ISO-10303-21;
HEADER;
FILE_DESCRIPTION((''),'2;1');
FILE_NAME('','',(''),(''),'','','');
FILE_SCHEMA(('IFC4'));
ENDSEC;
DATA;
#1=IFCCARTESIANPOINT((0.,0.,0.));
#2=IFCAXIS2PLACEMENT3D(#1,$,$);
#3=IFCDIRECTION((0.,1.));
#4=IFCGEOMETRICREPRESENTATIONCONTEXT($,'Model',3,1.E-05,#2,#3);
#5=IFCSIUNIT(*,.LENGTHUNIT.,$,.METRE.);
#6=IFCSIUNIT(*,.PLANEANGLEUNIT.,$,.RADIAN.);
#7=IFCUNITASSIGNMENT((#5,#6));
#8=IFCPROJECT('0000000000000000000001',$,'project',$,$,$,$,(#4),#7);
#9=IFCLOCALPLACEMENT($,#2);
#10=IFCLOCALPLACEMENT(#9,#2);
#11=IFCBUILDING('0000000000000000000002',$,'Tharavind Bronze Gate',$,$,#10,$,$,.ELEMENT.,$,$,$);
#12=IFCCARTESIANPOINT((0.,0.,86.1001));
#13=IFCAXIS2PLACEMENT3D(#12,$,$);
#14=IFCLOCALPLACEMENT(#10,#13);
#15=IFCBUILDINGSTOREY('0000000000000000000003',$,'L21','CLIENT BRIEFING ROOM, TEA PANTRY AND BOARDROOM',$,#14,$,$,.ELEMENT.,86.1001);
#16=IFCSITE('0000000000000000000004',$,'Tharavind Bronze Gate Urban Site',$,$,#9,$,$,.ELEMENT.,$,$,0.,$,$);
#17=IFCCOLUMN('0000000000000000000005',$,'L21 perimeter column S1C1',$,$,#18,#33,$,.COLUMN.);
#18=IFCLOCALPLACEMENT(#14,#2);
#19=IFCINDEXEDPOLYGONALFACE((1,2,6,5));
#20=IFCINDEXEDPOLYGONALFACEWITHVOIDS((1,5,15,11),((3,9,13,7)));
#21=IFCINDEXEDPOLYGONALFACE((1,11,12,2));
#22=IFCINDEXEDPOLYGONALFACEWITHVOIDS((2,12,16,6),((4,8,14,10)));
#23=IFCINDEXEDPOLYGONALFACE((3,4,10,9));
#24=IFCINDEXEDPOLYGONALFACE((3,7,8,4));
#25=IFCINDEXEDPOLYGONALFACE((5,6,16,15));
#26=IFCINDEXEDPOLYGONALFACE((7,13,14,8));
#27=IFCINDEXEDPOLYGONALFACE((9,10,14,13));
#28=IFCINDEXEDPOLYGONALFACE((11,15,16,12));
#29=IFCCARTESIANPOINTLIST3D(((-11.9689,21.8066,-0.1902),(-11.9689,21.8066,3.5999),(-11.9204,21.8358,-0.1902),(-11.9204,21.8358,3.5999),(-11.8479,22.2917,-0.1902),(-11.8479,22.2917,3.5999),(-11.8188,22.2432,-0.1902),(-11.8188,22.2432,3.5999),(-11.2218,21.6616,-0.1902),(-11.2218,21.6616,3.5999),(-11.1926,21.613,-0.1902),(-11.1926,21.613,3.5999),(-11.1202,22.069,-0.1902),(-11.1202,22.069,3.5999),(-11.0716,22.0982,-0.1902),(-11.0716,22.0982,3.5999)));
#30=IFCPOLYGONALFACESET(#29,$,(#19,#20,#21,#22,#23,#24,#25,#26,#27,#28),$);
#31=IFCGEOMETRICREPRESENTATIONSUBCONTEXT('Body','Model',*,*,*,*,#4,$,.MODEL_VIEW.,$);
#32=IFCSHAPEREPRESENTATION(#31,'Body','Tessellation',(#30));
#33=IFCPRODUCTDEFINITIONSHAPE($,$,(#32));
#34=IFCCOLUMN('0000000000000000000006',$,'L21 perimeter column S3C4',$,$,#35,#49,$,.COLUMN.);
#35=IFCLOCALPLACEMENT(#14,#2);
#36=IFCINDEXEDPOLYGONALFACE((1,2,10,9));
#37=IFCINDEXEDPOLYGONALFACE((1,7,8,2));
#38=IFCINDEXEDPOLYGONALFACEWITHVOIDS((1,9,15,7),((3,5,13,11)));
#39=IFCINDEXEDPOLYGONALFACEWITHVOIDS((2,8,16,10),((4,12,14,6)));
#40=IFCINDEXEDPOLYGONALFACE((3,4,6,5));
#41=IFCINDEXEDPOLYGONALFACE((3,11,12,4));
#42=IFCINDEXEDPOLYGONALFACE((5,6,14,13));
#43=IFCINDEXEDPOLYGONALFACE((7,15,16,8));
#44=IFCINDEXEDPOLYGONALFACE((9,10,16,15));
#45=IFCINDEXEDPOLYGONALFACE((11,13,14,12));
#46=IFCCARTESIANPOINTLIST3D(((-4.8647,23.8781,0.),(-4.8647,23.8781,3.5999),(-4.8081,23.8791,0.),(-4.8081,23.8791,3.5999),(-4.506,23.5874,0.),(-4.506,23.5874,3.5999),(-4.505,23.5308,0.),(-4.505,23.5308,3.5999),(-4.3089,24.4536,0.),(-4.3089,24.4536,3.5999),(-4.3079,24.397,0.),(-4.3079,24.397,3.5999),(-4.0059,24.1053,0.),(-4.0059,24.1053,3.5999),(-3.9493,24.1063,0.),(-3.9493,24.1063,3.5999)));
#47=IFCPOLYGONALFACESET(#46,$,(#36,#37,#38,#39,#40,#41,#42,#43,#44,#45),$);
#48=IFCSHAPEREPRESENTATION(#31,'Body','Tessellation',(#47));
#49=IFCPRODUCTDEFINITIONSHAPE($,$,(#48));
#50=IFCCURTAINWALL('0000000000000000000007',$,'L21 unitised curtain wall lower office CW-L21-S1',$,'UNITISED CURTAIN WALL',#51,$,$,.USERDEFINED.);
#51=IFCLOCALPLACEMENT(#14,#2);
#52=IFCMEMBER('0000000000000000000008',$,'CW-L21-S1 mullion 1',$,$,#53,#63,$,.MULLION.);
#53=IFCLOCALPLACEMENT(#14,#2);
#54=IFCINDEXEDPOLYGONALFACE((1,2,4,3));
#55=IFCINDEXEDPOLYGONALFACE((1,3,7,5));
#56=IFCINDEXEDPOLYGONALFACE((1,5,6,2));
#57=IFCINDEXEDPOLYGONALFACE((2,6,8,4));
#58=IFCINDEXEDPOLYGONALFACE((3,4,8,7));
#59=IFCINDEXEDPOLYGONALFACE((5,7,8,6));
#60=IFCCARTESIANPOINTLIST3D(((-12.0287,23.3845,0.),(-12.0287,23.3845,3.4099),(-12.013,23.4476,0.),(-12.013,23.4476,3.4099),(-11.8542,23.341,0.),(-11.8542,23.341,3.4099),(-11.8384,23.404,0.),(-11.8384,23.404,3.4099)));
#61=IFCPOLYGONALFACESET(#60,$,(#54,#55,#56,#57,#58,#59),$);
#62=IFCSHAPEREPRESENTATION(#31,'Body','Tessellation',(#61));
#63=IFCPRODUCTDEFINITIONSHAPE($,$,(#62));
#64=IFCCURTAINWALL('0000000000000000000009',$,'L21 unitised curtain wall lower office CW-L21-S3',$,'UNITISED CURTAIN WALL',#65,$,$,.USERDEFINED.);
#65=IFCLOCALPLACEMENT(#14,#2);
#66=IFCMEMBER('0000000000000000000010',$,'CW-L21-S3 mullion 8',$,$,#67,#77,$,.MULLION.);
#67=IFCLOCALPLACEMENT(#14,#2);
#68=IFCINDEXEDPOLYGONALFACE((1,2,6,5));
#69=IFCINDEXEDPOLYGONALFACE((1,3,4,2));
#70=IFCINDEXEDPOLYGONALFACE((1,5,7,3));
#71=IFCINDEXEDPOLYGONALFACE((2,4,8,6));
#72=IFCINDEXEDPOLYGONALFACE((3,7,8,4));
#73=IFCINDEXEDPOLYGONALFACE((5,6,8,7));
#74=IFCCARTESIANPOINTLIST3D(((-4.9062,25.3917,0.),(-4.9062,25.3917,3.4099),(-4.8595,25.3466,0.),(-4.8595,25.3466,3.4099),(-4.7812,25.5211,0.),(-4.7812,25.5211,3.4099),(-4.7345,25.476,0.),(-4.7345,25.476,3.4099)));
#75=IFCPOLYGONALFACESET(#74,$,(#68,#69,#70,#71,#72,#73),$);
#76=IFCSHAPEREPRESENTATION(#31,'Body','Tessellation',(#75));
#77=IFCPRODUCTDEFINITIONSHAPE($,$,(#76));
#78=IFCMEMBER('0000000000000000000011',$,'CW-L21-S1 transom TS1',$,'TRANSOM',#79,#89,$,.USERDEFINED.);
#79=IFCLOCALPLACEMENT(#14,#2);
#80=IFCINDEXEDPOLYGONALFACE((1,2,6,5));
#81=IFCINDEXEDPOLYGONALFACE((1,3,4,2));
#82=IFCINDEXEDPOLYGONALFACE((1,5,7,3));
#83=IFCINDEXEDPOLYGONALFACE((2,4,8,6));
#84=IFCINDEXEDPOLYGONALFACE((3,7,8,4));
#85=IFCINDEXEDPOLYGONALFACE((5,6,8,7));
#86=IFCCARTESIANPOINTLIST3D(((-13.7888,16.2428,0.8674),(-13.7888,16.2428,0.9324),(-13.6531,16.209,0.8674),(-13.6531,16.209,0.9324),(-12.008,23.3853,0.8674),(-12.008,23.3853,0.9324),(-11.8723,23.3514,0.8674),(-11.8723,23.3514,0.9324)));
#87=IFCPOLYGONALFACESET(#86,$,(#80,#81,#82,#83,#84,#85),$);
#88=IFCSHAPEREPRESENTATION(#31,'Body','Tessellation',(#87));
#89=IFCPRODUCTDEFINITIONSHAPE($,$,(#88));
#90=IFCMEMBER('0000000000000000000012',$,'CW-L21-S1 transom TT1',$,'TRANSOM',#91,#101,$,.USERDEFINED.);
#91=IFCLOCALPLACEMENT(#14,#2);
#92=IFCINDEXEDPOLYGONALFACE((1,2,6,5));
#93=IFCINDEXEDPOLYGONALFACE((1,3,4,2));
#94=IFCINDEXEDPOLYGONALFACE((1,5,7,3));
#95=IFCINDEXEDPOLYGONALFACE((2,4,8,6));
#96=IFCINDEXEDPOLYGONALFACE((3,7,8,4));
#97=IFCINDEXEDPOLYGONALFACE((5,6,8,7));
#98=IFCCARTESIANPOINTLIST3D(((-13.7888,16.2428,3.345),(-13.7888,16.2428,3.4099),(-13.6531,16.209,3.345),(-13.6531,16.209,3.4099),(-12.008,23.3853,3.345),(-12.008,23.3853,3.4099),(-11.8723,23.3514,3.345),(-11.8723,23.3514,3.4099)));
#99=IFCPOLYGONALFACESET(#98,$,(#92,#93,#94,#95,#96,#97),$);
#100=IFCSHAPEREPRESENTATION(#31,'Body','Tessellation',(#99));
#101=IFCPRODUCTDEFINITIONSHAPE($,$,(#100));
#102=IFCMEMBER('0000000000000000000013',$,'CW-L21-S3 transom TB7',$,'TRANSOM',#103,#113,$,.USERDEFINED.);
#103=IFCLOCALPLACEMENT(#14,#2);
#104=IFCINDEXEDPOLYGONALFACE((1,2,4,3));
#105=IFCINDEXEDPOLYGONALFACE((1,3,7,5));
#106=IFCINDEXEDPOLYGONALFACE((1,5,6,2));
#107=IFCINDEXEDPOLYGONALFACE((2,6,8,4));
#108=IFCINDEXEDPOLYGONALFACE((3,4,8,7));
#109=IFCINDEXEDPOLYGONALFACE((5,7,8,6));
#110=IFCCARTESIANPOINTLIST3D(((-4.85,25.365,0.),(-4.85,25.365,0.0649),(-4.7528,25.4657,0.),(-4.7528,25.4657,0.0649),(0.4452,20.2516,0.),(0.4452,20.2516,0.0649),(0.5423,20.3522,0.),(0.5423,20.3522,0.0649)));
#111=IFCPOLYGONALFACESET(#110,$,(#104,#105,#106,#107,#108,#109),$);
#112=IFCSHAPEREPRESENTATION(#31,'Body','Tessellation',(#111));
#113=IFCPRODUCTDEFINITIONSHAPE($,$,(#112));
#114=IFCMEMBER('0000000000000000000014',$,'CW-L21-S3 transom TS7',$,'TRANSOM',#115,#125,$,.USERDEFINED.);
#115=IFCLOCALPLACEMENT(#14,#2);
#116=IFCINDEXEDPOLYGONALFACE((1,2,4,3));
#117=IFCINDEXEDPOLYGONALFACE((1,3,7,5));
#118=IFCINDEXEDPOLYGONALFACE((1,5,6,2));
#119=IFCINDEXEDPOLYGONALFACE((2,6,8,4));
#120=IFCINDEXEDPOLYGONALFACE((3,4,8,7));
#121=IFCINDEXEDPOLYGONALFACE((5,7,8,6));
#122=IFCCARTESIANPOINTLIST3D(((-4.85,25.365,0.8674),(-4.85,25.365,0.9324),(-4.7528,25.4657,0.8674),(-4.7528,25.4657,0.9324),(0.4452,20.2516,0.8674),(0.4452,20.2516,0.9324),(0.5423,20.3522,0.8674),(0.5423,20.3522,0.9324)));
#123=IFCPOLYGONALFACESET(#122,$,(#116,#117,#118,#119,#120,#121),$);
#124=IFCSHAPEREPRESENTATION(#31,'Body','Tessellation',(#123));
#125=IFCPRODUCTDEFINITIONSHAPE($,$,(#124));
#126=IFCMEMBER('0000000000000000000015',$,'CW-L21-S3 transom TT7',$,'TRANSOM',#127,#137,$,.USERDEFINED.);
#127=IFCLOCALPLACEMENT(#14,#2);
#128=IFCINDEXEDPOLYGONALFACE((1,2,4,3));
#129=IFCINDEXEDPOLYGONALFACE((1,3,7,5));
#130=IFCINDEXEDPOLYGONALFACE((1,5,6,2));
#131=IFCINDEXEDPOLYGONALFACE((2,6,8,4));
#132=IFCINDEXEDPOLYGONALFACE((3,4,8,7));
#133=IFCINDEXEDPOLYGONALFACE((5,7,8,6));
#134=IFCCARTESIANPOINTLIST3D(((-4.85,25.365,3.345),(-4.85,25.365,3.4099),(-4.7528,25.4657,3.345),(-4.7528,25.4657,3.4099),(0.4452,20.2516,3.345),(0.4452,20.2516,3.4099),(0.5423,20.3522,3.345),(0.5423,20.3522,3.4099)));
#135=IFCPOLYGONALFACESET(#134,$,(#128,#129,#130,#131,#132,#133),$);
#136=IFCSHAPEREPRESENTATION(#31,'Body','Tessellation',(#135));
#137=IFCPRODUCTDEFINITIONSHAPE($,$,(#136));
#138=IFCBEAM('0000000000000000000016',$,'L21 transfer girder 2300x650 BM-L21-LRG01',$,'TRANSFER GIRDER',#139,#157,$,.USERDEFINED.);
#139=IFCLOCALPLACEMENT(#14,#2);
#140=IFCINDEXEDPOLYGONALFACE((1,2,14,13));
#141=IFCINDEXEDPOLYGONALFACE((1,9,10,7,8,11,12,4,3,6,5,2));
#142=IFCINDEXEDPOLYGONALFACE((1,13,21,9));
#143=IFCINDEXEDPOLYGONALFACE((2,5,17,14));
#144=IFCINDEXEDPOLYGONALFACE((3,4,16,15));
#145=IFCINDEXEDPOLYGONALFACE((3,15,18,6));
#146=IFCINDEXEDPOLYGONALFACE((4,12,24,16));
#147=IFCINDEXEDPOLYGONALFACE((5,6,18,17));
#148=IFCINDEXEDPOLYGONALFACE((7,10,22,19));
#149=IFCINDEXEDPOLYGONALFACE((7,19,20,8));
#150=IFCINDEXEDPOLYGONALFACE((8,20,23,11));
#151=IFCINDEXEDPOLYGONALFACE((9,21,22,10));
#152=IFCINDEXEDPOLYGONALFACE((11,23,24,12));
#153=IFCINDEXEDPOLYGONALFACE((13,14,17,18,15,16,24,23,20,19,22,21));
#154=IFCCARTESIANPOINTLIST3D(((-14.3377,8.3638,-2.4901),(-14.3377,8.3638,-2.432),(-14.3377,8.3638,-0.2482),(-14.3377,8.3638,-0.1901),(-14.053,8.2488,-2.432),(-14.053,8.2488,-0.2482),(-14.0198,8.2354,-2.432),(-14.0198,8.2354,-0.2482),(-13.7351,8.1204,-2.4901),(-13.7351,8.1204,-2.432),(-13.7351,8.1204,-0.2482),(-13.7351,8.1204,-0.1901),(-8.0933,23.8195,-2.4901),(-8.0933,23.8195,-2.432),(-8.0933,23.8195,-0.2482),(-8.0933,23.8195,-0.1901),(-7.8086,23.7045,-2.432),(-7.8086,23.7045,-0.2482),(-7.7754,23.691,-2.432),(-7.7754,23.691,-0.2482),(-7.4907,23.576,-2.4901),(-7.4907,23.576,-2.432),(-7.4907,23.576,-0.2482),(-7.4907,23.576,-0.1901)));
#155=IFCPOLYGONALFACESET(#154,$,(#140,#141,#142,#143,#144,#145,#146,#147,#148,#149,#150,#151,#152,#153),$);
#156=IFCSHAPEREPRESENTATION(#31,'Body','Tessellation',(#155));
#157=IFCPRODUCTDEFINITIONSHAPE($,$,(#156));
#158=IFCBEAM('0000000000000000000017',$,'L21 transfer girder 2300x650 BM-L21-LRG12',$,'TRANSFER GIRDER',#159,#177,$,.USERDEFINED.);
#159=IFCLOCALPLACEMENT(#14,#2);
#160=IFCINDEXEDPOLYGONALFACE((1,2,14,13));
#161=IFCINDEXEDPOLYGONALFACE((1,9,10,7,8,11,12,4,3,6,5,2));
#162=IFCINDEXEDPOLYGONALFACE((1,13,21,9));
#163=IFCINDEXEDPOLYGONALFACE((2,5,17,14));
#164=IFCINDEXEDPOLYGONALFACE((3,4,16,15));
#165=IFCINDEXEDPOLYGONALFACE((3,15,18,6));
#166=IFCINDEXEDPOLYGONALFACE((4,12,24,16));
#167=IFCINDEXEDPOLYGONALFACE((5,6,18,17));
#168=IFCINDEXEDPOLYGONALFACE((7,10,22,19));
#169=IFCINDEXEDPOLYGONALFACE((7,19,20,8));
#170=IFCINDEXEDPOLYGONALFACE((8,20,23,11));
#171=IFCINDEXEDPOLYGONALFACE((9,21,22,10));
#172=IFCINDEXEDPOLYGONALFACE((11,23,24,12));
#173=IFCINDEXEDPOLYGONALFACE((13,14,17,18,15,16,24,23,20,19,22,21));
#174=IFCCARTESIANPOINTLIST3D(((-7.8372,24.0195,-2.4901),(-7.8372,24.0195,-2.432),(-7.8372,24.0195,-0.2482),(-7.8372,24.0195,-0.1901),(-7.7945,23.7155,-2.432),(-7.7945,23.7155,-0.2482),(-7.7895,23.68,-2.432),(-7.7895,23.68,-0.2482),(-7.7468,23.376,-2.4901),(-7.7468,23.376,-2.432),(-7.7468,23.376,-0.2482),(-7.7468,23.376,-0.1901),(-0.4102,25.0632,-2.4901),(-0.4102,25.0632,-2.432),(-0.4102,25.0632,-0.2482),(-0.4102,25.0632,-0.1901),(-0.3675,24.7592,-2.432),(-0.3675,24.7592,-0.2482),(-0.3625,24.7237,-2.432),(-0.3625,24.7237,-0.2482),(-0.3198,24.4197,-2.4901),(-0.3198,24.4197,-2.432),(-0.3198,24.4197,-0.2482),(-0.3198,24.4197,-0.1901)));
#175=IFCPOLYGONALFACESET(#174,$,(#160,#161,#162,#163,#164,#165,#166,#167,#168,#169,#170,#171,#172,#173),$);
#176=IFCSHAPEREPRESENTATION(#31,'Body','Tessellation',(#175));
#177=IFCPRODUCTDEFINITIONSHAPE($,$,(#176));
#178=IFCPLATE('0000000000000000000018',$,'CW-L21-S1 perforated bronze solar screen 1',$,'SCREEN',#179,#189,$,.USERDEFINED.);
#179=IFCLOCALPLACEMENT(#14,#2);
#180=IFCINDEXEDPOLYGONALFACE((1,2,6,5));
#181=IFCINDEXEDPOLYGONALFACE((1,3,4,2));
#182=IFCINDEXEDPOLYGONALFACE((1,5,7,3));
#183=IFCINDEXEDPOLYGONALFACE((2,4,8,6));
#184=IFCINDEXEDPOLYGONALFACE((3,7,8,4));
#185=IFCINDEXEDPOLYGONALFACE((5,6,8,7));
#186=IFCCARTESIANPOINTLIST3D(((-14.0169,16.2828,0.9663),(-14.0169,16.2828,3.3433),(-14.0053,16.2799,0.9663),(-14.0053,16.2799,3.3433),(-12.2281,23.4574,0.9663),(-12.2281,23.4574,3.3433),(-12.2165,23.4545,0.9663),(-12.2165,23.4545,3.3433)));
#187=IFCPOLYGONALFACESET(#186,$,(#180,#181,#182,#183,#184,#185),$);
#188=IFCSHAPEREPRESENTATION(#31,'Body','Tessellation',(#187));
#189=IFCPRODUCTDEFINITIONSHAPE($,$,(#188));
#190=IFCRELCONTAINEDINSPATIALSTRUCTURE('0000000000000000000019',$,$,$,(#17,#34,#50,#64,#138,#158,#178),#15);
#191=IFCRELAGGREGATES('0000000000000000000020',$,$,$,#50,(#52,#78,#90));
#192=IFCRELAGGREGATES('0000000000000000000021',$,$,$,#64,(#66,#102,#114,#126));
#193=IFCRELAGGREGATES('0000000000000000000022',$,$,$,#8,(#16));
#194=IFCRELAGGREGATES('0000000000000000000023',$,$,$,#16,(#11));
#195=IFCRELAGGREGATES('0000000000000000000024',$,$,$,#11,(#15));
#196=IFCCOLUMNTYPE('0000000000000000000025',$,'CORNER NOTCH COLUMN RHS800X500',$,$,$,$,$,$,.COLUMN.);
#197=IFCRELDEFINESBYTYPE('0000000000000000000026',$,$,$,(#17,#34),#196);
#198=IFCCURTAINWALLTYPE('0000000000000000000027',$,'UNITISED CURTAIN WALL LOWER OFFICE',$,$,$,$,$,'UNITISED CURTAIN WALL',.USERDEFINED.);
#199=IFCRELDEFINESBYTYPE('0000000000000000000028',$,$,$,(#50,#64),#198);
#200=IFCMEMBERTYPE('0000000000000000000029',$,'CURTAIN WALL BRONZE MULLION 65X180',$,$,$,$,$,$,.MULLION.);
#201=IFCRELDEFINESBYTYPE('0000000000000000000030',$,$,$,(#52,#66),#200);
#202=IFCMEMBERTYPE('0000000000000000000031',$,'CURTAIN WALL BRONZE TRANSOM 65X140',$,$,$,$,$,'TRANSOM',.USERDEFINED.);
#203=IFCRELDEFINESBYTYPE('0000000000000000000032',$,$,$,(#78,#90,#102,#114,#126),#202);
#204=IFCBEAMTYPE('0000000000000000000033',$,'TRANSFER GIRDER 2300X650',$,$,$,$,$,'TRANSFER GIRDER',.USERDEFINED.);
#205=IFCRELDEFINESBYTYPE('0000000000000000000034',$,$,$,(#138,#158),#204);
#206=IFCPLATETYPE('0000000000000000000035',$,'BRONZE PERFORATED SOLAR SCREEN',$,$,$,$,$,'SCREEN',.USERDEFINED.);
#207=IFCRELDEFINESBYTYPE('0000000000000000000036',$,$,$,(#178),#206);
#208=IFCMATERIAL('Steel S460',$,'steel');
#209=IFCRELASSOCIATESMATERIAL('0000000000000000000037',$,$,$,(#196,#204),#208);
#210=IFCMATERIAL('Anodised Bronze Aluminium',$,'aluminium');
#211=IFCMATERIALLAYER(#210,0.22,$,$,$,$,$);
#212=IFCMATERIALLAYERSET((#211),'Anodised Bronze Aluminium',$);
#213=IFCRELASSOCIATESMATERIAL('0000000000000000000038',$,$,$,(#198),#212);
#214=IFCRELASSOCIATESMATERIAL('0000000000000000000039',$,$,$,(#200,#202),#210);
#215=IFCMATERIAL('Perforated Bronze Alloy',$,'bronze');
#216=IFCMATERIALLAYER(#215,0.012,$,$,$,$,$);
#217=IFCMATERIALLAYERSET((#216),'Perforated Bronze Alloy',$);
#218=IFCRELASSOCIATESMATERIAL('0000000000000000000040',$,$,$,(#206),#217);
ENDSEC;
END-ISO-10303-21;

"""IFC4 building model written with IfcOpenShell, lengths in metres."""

from ifc_helpers import new_model, si_unit, direction, frame, origin, origin_2d, place, context, subcontext, project, spatial, rectangle, hollow_rectangle, i_section, extrude, material, layer, layer_set, material_profile, profile_set, type_object, element, aggregate, save


model = new_model("IFC4")

# Units and contexts
model_context = context("Model", 3, precision=1e-05, world=origin(), true_north=direction((0.0, 1.0)))
body_context = subcontext(model_context, "Body", "Model", "MODEL_VIEW")
ifc_project = project(units=[si_unit("LENGTHUNIT", "METRE"), si_unit("PLANEANGLEUNIT", "RADIAN")], contexts=[model_context])

# Site, building, storey
site_placement = place(None, origin())
site = spatial("IfcSite", under=ifc_project, at=site_placement, Name="Tharavind Bronze Gate Urban Site", CompositionType="ELEMENT", RefElevation=0.0)
building_placement = place(site_placement, origin())
building = spatial("IfcBuilding", under=site, at=building_placement, Name="Tharavind Bronze Gate", CompositionType="ELEMENT")
storey_placement = place(building_placement, frame((0.0, 0.0, 86.1001)))
storey = spatial("IfcBuildingStorey", under=building, at=storey_placement, Name="L21", Description="CLIENT BRIEFING ROOM, TEA PANTRY AND BOARDROOM", CompositionType="ELEMENT", Elevation=86.1001)

# Columns
ifc_material_1 = material(Name="Steel S460", Category="steel")
ifc_material_profile_1 = material_profile(ifc_material_1, hollow_rectangle(XDim=0.5, YDim=0.8, WallThickness=0.04, at=origin_2d()), Name="RHS800X500X40")
ifc_profile_set_1 = profile_set([ifc_material_profile_1], Name="Steel S460")
column_type = type_object("IfcColumnType", Name="CORNER NOTCH COLUMN RHS800X500", PredefinedType="COLUMN", material=ifc_profile_set_1)
column_1_placement = place(storey_placement, frame((-11.5203, 21.9524, -0.1902), z_axis=(0.0, 0.0, 1.0), x_axis=(0.241922, 0.970296, 0.0)))
element("IfcColumn", 1, at=column_1_placement, inside=storey, type_object=column_type, Name="L21 perimeter column S1C1", PredefinedType="COLUMN", context=body_context, shape_type="SweptSolid", body=[
    extrude(hollow_rectangle(XDim=0.5, YDim=0.8, WallThickness=0.04, at=origin_2d()), origin(), (0.0, 0.0, 1.0), 3.79),
])
column_2_placement = place(storey_placement, frame((-4.407, 23.9922, 0.0), z_axis=(0.0, 0.0, 1.0), x_axis=(-0.71934, 0.694658, 0.0)))
element("IfcColumn", 2, at=column_2_placement, inside=storey, type_object=column_type, Name="L21 perimeter column S3C4", PredefinedType="COLUMN", context=body_context, shape_type="SweptSolid", body=[
    extrude(hollow_rectangle(XDim=0.5, YDim=0.8, WallThickness=0.04, at=origin_2d()), origin(), (0.0, 0.0, 1.0), 3.5999),
])

# Curtain walls, members
ifc_material_2 = material(Name="Anodised Bronze Aluminium", Category="aluminium")
ifc_layer_1 = layer(ifc_material_2, 0.22)
ifc_layer_set_1 = layer_set([ifc_layer_1], Name="Anodised Bronze Aluminium")
curtain_wall_type = type_object("IfcCurtainWallType", Name="UNITISED CURTAIN WALL LOWER OFFICE", ElementType="UNITISED CURTAIN WALL", PredefinedType="USERDEFINED", material=ifc_layer_set_1)
curtain_wall_1_placement = place(storey_placement, origin())
curtain_wall_1 = element("IfcCurtainWall", 3, at=curtain_wall_1_placement, inside=storey, type_object=curtain_wall_type, Name="L21 unitised curtain wall lower office CW-L21-S1", ObjectType="UNITISED CURTAIN WALL", PredefinedType="USERDEFINED")
member_type_1 = type_object("IfcMemberType", Name="CURTAIN WALL BRONZE MULLION 65X180", PredefinedType="MULLION", material=ifc_material_2)
member_1_placement = place(storey_placement, frame((-11.9336, 23.3943, 0.0), z_axis=(0.0, 0.0, 1.0), x_axis=(-0.241922, -0.970296, 0.0)))
member_1 = element("IfcMember", 4, at=member_1_placement, type_object=member_type_1, Name="CW-L21-S1 mullion 1", PredefinedType="MULLION", context=body_context, shape_type="SweptSolid", body=[
    extrude(rectangle(XDim=0.0649, YDim=0.1799, at=origin_2d()), origin(), (0.0, 0.0, 1.0), 3.4099),
])
curtain_wall_2_placement = place(storey_placement, origin())
curtain_wall_2 = element("IfcCurtainWall", 5, at=curtain_wall_2_placement, inside=storey, type_object=curtain_wall_type, Name="L21 unitised curtain wall lower office CW-L21-S3", ObjectType="UNITISED CURTAIN WALL", PredefinedType="USERDEFINED")
member_2_placement = place(storey_placement, frame((-4.8203, 25.4338, 0.0), z_axis=(0.0, 0.0, 1.0), x_axis=(-0.719341, 0.694657, 0.0)))
member_2 = element("IfcMember", 6, at=member_2_placement, type_object=member_type_1, Name="CW-L21-S3 mullion 8", PredefinedType="MULLION", context=body_context, shape_type="SweptSolid", body=[
    extrude(rectangle(XDim=0.0649, YDim=0.1799, at=origin_2d()), origin(), (0.0, 0.0, 1.0), 3.4099),
])

# Members
member_type_2 = type_object("IfcMemberType", Name="CURTAIN WALL BRONZE TRANSOM 65X140", ElementType="TRANSOM", PredefinedType="USERDEFINED", material=ifc_material_2)
member_3_placement = place(storey_placement, frame((-12.8306, 19.7971, 0.8674), z_axis=(0.0, 0.0, 1.0), x_axis=(-0.241922, -0.970296, 0.0)))
member_3 = element("IfcMember", 7, at=member_3_placement, type_object=member_type_2, Name="CW-L21-S1 transom TS1", ObjectType="TRANSOM", PredefinedType="USERDEFINED", context=body_context, shape_type="SweptSolid", body=[
    extrude(rectangle(XDim=7.3611, YDim=0.1399, at=origin_2d()), origin(), (0.0, 0.0, 1.0), 0.0649),
])
member_4_placement = place(storey_placement, frame((-12.8306, 19.7971, 3.345), z_axis=(0.0, 0.0, 1.0), x_axis=(-0.241922, -0.970296, 0.0)))
member_4 = element("IfcMember", 8, at=member_4_placement, type_object=member_type_2, Name="CW-L21-S1 transom TT1", ObjectType="TRANSOM", PredefinedType="USERDEFINED", context=body_context, shape_type="SweptSolid", body=[
    extrude(rectangle(XDim=7.3611, YDim=0.1399, at=origin_2d()), origin(), (0.0, 0.0, 1.0), 0.0649),
])
member_5_placement = place(storey_placement, frame((-2.1538, 22.8586, 0.0), z_axis=(0.0, 0.0, 1.0), x_axis=(-0.719341, 0.694657, 0.0)))
member_5 = element("IfcMember", 9, at=member_5_placement, type_object=member_type_2, Name="CW-L21-S3 transom TB7", ObjectType="TRANSOM", PredefinedType="USERDEFINED", context=body_context, shape_type="SweptSolid", body=[
    extrude(rectangle(XDim=7.3611, YDim=0.1399, at=origin_2d()), origin(), (0.0, 0.0, 1.0), 0.0649),
])
member_6_placement = place(storey_placement, frame((-2.1538, 22.8586, 0.8674), z_axis=(0.0, 0.0, 1.0), x_axis=(-0.719341, 0.694657, 0.0)))
member_6 = element("IfcMember", 10, at=member_6_placement, type_object=member_type_2, Name="CW-L21-S3 transom TS7", ObjectType="TRANSOM", PredefinedType="USERDEFINED", context=body_context, shape_type="SweptSolid", body=[
    extrude(rectangle(XDim=7.3611, YDim=0.1399, at=origin_2d()), origin(), (0.0, 0.0, 1.0), 0.0649),
])
member_7_placement = place(storey_placement, frame((-2.1538, 22.8586, 3.345), z_axis=(0.0, 0.0, 1.0), x_axis=(-0.719341, 0.694657, 0.0)))
member_7 = element("IfcMember", 11, at=member_7_placement, type_object=member_type_2, Name="CW-L21-S3 transom TT7", ObjectType="TRANSOM", PredefinedType="USERDEFINED", context=body_context, shape_type="SweptSolid", body=[
    extrude(rectangle(XDim=7.3611, YDim=0.1399, at=origin_2d()), origin(), (0.0, 0.0, 1.0), 0.0649),
])

# Beams
ifc_material_profile_2 = material_profile(ifc_material_1, i_section(OverallWidth=0.6499, OverallDepth=2.3, WebThickness=0.0359, FlangeThickness=0.0581, at=origin_2d()), Name="PG2300X650")
ifc_profile_set_2 = profile_set([ifc_material_profile_2], Name="Steel S460")
beam_type = type_object("IfcBeamType", Name="TRANSFER GIRDER 2300X650", ElementType="TRANSFER GIRDER", PredefinedType="USERDEFINED", material=ifc_profile_set_2)
beam_1_placement = place(storey_placement, frame((-7.792, 23.6978, -1.3401), z_axis=(-0.374603, -0.927185, 0.0), x_axis=(0.927185, -0.374603, 0.0)))
element("IfcBeam", 12, at=beam_1_placement, inside=storey, type_object=beam_type, Name="L21 transfer girder 2300x650 BM-L21-LRG01", ObjectType="TRANSFER GIRDER", PredefinedType="USERDEFINED", context=body_context, shape_type="SweptSolid", body=[
    extrude(i_section(OverallWidth=0.6499, OverallDepth=2.3, WebThickness=0.0359, FlangeThickness=0.0581, at=origin_2d()), origin(), (0.0, 0.0, 1.0), 16.6694),
])
beam_2_placement = place(storey_placement, frame((-0.365, 24.7415, -1.3401), z_axis=(-0.99027, -0.139161, 0.0), x_axis=(0.139161, -0.99027, 0.0)))
element("IfcBeam", 13, at=beam_2_placement, inside=storey, type_object=beam_type, Name="L21 transfer girder 2300x650 BM-L21-LRG12", ObjectType="TRANSFER GIRDER", PredefinedType="USERDEFINED", context=body_context, shape_type="SweptSolid", body=[
    extrude(i_section(OverallWidth=0.6499, OverallDepth=2.3, WebThickness=0.0359, FlangeThickness=0.0581, at=origin_2d()), origin(), (0.0, 0.0, 1.0), 7.5),
])

# Plate
ifc_material_3 = material(Name="Perforated Bronze Alloy", Category="bronze")
ifc_layer_2 = layer(ifc_material_3, 0.012)
ifc_layer_set_2 = layer_set([ifc_layer_2], Name="Perforated Bronze Alloy")
plate_type_1 = type_object("IfcPlateType", Name="BRONZE PERFORATED SOLAR SCREEN", ElementType="SCREEN", PredefinedType="USERDEFINED", material=ifc_layer_set_2)
for number, where, z_axis, x_axis, name in (
    (14, (-13.1167, 19.8687, 0.9663), (0.0, 0.0, 1.0), (-0.241922, -0.970296, 0.0), "CW-L21-S1 perforated bronze solar screen 1"),
):
    element("IfcPlate", number, at=place(storey_placement, frame(where, z_axis=z_axis, x_axis=x_axis)), inside=storey, type_object=plate_type_1, Name=name, ObjectType="SCREEN", PredefinedType="USERDEFINED", context=body_context, shape_type="SweptSolid", body=[
        extrude(rectangle(XDim=7.3943, YDim=0.012, at=origin_2d()), origin(), (0.0, 0.0, 1.0), 2.377),
    ])

aggregate(curtain_wall_1, [member_1, member_3, member_4])
aggregate(curtain_wall_2, [member_2, member_5, member_6, member_7])

save(model, "model.ifc")
